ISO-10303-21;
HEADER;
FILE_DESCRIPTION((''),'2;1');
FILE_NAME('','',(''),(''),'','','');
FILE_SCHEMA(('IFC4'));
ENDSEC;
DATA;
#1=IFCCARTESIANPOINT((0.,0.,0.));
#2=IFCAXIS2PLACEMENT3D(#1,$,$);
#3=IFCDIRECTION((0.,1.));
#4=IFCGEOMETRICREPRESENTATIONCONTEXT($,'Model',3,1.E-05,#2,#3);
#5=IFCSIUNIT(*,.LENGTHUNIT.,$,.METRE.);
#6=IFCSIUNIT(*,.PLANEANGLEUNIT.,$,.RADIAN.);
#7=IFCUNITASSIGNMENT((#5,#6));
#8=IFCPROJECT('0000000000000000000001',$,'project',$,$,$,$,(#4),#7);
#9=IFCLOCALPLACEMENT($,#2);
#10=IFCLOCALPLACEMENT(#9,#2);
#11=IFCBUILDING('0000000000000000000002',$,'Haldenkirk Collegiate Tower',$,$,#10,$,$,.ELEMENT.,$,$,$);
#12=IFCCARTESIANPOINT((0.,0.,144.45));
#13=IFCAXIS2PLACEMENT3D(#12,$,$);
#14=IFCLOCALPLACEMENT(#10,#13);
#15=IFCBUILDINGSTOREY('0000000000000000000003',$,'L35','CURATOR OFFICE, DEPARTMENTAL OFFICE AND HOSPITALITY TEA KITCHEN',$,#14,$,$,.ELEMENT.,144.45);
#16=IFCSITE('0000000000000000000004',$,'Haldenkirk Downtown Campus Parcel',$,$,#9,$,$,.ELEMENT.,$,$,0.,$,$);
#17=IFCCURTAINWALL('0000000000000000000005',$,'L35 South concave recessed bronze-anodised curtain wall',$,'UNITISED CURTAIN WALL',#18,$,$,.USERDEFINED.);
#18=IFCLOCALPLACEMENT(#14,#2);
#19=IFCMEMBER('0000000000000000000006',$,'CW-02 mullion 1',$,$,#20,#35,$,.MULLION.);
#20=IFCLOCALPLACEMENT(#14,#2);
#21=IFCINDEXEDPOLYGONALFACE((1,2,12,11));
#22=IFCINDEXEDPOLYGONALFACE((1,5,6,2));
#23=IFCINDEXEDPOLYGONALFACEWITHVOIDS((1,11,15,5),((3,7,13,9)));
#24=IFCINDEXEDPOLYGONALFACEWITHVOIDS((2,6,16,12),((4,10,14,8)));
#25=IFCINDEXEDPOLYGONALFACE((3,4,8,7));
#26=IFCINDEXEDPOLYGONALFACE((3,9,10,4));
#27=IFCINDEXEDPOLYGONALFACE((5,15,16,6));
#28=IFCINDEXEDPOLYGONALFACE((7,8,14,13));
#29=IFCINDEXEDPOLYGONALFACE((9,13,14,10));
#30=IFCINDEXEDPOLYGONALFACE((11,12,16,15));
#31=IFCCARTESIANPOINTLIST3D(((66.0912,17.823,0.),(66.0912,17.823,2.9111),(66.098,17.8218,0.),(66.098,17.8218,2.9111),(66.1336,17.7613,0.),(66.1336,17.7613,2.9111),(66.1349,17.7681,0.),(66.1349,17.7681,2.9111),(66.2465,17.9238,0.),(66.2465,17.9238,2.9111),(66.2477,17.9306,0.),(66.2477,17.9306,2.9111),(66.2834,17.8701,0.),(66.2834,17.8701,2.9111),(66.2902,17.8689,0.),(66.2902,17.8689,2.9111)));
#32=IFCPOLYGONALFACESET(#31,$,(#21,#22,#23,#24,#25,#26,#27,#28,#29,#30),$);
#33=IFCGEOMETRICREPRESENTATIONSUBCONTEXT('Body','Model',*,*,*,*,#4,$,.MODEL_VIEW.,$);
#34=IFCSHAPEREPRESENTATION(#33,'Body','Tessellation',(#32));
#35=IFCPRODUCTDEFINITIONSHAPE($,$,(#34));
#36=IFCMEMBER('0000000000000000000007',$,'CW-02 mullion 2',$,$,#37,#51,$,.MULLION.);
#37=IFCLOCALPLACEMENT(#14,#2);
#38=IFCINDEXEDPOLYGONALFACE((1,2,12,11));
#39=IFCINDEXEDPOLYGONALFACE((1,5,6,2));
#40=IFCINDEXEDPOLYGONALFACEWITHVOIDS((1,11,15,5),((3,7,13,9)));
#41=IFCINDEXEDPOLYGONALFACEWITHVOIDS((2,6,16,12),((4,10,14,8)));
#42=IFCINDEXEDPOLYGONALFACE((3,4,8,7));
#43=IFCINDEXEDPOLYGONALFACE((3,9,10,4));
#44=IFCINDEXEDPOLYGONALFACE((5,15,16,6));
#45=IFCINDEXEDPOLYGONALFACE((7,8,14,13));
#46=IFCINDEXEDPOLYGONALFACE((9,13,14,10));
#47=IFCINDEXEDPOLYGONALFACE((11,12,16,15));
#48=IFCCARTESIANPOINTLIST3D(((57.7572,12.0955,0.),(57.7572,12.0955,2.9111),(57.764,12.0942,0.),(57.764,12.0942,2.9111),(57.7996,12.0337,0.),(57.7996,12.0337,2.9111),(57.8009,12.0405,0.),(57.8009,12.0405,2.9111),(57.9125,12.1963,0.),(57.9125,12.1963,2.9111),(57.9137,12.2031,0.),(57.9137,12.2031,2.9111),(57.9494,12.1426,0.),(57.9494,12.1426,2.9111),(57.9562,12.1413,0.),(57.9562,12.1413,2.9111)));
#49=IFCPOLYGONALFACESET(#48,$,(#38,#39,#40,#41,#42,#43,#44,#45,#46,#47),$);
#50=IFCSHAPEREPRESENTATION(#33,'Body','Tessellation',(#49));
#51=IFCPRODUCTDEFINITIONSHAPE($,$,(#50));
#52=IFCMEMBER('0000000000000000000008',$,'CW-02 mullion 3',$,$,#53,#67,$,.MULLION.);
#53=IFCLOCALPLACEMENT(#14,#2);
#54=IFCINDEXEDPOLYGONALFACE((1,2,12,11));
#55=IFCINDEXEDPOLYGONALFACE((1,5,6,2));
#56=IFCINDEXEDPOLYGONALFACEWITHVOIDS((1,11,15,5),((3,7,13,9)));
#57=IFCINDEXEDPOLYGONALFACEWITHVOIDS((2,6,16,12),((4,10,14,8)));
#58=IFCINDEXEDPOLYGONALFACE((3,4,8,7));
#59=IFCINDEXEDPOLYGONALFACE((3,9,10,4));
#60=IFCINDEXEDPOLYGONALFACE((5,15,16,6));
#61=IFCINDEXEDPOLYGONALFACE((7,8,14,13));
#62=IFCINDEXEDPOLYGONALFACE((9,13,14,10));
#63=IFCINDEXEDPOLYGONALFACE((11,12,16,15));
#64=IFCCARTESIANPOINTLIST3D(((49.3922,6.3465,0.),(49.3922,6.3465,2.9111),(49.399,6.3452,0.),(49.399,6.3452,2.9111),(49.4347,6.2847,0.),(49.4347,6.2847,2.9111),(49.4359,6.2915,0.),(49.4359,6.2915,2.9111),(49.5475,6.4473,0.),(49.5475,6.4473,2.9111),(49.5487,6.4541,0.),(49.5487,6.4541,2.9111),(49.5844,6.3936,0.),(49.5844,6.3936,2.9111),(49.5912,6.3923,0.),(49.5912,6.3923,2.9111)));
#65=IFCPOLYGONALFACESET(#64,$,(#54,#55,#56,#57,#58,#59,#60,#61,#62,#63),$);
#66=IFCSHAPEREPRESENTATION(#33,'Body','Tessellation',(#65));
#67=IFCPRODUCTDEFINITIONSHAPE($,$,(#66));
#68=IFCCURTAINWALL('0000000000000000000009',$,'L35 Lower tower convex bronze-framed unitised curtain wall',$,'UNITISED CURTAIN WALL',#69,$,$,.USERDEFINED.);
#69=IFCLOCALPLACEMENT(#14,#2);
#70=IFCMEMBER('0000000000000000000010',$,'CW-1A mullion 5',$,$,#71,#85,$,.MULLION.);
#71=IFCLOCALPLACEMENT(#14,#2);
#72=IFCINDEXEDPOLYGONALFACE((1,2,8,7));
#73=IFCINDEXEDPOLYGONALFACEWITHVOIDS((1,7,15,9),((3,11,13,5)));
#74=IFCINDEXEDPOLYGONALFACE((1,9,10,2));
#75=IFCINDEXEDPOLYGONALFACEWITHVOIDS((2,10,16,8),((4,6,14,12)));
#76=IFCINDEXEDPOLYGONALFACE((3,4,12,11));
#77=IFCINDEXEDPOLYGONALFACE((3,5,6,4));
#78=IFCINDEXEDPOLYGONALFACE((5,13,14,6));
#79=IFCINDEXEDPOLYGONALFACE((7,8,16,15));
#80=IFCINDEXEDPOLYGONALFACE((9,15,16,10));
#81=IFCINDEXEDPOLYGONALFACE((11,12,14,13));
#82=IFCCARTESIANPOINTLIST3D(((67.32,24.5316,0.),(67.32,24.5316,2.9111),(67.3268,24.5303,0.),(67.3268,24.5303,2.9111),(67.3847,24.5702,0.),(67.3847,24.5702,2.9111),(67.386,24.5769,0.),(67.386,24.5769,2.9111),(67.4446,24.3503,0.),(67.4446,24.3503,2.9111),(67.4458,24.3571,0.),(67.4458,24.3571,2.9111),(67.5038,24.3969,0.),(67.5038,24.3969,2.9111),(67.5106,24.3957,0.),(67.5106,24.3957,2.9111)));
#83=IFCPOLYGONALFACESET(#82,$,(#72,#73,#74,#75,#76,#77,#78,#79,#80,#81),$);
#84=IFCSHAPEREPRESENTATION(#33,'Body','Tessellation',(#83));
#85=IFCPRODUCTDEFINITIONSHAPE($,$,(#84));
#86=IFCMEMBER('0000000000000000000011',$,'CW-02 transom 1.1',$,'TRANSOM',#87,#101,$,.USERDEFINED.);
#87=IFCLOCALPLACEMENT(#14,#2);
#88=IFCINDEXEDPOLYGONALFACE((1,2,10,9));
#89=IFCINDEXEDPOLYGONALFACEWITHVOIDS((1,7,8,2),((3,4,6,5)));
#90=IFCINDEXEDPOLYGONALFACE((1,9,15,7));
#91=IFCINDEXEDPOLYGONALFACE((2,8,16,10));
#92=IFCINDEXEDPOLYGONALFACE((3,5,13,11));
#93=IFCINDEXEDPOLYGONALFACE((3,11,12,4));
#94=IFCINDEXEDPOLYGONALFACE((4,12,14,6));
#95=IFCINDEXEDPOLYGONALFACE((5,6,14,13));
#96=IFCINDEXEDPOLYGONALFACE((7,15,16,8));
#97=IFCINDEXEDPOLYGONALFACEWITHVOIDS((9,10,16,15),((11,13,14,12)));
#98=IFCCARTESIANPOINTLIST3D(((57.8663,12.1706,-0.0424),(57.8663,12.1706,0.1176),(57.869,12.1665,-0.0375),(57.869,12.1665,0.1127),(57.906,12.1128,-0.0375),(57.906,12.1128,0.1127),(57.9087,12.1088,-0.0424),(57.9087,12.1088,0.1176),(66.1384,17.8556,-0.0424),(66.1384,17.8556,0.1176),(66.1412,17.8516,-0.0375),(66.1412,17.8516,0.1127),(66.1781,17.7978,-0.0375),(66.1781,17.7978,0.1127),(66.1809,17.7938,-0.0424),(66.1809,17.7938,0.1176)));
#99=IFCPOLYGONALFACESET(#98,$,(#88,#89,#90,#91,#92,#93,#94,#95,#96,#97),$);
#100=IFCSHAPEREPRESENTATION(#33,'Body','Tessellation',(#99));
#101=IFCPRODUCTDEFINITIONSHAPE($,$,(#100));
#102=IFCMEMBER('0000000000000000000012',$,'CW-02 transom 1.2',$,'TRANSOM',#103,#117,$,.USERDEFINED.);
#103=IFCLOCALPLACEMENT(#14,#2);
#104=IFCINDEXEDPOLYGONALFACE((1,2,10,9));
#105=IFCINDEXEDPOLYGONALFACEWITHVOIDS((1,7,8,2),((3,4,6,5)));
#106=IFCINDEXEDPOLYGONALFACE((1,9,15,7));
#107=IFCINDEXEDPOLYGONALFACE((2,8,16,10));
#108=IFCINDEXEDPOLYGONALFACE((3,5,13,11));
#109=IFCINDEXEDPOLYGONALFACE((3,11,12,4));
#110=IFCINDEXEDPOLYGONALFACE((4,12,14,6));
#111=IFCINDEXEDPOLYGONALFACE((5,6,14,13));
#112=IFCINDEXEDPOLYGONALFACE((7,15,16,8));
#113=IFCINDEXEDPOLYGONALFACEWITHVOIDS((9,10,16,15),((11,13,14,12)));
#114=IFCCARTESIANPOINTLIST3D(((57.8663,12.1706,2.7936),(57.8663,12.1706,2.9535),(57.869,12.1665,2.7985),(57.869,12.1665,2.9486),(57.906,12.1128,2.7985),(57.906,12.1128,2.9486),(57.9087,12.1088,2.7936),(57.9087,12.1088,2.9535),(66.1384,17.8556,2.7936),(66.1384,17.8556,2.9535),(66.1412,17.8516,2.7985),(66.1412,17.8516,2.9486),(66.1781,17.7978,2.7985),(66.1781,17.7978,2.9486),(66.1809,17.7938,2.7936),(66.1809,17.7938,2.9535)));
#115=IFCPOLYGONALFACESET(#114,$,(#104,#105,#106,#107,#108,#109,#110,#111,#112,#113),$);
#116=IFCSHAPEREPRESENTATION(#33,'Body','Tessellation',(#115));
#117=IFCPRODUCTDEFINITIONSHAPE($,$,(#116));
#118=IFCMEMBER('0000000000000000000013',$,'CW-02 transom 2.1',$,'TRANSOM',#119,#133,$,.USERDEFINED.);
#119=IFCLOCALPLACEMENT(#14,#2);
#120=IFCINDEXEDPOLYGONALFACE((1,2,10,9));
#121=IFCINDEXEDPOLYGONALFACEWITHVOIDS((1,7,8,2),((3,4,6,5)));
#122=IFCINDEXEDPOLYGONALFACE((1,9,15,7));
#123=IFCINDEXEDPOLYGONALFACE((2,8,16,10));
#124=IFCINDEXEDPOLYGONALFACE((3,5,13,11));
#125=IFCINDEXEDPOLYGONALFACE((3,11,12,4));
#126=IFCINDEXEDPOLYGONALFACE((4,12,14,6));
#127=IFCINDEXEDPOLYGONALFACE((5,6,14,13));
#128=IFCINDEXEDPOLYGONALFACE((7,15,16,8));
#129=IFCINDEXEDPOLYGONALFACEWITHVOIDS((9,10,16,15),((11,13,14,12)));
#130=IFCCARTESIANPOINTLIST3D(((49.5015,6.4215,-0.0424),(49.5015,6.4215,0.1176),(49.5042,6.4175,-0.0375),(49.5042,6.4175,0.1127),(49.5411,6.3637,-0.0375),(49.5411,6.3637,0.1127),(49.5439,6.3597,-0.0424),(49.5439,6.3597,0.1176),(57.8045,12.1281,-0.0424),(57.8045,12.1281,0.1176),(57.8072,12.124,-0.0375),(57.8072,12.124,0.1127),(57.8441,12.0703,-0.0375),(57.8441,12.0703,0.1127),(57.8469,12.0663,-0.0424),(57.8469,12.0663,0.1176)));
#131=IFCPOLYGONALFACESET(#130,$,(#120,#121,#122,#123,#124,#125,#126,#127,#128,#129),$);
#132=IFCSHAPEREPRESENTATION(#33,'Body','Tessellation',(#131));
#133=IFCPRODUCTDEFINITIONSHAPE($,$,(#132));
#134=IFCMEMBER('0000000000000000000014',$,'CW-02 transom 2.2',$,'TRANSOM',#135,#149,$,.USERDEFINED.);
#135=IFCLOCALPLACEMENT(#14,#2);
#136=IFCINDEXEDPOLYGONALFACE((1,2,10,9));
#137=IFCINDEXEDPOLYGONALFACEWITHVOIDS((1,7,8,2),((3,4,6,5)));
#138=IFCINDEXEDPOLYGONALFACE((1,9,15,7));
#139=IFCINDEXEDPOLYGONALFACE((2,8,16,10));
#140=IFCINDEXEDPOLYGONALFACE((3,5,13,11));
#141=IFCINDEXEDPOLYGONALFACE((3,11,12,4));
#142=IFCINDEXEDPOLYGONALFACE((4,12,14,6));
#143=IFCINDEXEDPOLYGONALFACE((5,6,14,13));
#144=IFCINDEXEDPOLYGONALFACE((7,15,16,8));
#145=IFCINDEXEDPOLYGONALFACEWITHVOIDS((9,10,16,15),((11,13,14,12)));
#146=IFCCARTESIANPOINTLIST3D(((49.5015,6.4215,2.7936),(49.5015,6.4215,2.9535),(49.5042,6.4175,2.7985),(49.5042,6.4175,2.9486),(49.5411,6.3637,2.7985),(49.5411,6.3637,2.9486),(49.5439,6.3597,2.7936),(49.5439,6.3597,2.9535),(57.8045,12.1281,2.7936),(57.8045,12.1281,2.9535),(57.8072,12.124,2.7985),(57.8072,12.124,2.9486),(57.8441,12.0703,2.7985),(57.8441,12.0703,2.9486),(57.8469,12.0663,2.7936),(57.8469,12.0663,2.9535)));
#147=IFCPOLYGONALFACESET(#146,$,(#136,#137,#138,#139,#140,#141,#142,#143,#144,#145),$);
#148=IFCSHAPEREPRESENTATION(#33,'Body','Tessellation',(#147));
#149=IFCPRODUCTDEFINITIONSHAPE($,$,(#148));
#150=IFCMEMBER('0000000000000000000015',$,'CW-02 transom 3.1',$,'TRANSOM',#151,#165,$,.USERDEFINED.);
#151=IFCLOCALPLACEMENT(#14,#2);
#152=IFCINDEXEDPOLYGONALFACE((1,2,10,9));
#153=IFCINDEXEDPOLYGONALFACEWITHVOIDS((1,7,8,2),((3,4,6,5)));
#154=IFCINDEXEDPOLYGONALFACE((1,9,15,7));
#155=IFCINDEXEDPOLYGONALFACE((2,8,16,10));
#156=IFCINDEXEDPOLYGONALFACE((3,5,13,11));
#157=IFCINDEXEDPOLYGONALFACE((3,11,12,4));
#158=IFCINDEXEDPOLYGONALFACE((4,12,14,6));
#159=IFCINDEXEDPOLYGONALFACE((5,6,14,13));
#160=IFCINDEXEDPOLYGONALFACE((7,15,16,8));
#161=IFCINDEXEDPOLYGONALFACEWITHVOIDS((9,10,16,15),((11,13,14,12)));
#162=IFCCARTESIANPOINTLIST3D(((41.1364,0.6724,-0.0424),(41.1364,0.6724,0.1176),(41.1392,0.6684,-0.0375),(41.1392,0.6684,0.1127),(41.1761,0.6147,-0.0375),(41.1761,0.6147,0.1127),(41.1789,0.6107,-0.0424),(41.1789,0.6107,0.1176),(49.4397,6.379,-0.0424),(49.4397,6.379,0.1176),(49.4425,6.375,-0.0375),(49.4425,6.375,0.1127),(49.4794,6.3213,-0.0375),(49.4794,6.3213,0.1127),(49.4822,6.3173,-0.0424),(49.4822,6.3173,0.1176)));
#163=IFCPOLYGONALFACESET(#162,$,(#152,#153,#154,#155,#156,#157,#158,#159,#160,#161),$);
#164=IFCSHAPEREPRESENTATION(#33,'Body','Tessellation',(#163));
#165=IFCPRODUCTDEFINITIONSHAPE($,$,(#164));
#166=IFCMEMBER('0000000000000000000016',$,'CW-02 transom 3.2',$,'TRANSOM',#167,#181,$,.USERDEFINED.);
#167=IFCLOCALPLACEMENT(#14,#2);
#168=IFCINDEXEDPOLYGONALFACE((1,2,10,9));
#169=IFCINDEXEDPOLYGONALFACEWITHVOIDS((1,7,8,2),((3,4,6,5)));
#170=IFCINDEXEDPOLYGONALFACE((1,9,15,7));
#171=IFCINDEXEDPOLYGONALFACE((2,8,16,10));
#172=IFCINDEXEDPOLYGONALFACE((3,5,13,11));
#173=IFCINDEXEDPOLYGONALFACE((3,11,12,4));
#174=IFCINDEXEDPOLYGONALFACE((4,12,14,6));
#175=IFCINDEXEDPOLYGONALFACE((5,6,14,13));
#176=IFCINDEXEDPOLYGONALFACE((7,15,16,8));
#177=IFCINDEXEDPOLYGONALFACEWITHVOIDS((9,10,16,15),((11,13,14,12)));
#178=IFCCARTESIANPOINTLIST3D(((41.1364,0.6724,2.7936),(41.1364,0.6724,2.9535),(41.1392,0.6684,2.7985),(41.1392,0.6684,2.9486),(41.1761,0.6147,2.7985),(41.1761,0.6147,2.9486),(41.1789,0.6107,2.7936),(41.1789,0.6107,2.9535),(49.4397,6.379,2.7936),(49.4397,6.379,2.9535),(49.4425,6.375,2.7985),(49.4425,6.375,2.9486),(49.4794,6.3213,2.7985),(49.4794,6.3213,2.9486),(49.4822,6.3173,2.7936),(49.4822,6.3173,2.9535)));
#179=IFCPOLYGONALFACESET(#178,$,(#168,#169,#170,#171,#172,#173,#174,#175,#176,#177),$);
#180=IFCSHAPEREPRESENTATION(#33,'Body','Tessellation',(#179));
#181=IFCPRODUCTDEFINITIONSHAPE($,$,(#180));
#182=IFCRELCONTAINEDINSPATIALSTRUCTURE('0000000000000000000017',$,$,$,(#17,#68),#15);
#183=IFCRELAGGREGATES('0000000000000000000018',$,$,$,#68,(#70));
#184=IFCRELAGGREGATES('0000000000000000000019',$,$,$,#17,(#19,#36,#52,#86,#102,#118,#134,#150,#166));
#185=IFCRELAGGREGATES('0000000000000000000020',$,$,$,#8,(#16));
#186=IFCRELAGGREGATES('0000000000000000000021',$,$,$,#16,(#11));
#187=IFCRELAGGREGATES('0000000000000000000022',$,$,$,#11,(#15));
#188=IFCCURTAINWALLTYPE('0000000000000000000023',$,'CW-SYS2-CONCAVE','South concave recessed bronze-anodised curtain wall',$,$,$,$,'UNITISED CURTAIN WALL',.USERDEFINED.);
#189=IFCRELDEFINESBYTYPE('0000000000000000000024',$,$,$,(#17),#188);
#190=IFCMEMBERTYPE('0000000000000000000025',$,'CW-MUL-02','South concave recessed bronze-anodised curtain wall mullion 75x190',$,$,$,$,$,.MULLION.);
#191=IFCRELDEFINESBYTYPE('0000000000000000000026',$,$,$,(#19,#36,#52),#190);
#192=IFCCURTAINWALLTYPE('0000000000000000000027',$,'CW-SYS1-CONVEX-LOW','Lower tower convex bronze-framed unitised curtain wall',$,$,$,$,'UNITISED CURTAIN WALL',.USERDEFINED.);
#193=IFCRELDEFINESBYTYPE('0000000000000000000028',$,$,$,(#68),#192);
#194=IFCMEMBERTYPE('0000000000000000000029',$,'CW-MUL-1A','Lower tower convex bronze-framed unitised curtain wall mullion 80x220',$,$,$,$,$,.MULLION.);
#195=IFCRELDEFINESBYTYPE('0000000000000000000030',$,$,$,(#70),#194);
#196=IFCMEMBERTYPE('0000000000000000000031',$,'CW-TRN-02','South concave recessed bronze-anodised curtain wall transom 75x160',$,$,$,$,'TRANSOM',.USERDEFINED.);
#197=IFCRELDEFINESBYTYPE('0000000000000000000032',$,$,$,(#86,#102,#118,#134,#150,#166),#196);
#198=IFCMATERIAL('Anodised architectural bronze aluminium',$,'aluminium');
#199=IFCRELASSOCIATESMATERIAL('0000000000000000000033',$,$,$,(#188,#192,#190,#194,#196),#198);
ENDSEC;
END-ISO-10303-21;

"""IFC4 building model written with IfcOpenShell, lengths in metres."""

from ifc_helpers import new_model, si_unit, direction, frame, origin, origin_2d, place, context, subcontext, project, spatial, hollow_rectangle, extrude, material, material_profile, profile_set, type_object, element, aggregate, save


model = new_model("IFC4")

# Units and contexts
model_context = context("Model", 3, precision=1e-05, world=origin(), true_north=direction((0.0, 1.0)))
body_context = subcontext(model_context, "Body", "Model", "MODEL_VIEW")
ifc_project = project(units=[si_unit("LENGTHUNIT", "METRE"), si_unit("PLANEANGLEUNIT", "RADIAN")], contexts=[model_context])

# Site, building, storey
site_placement = place(None, origin())
site = spatial("IfcSite", under=ifc_project, at=site_placement, Name="Haldenkirk Downtown Campus Parcel", CompositionType="ELEMENT", RefElevation=0.0)
building_placement = place(site_placement, origin())
building = spatial("IfcBuilding", under=site, at=building_placement, Name="Haldenkirk Collegiate Tower", CompositionType="ELEMENT")
storey_placement = place(building_placement, frame((0.0, 0.0, 144.45)))
storey = spatial("IfcBuildingStorey", under=building, at=storey_placement, Name="L35", Description="CURATOR OFFICE, DEPARTMENTAL OFFICE AND HOSPITALITY TEA KITCHEN", CompositionType="ELEMENT", Elevation=144.45)

# Curtain wall, members
ifc_material_1 = material(Name="Anodised architectural bronze aluminium", Category="aluminium")
curtain_wall_type_1 = type_object("IfcCurtainWallType", Name="CW-SYS2-CONCAVE", Description="South concave recessed bronze-anodised curtain wall", ElementType="UNITISED CURTAIN WALL", PredefinedType="USERDEFINED", material=ifc_material_1)
curtain_wall_1_placement = place(storey_placement, origin())
curtain_wall_1 = element("IfcCurtainWall", 1, at=curtain_wall_1_placement, inside=storey, type_object=curtain_wall_type_1, Name="L35 South concave recessed bronze-anodised curtain wall", ObjectType="UNITISED CURTAIN WALL", PredefinedType="USERDEFINED")
ifc_material_profile_1 = material_profile(ifc_material_1, hollow_rectangle(XDim=0.075, YDim=0.1899, WallThickness=0.0049, at=origin_2d()), Name="CW-MUL-02")
ifc_profile_set_1 = profile_set([ifc_material_profile_1], Name="Anodised architectural bronze aluminium")
member_type_1 = type_object("IfcMemberType", Name="CW-MUL-02", Description="South concave recessed bronze-anodised curtain wall mullion 75x190", PredefinedType="MULLION", material=ifc_profile_set_1)
member_1_placement = place(storey_placement, frame((66.1907, 17.8459, 0.0), z_axis=(0.0, 0.0, 1.0), x_axis=(0.566405, -0.824127, 0.0)))
member_1 = element("IfcMember", 2, at=member_1_placement, type_object=member_type_1, Name="CW-02 mullion 1", PredefinedType="MULLION", context=body_context, shape_type="SweptSolid", body=[
    extrude(hollow_rectangle(XDim=0.075, YDim=0.1899, WallThickness=0.0049, at=origin_2d()), origin(), (0.0, 0.0, 1.0), 2.9111),
])
member_2_placement = place(storey_placement, frame((57.8567, 12.1184, 0.0), z_axis=(0.0, 0.0, 1.0), x_axis=(0.566405, -0.824127, 0.0)))
member_2 = element("IfcMember", 3, at=member_2_placement, type_object=member_type_1, Name="CW-02 mullion 2", PredefinedType="MULLION", context=body_context, shape_type="SweptSolid", body=[
    extrude(hollow_rectangle(XDim=0.075, YDim=0.1899, WallThickness=0.0049, at=origin_2d()), origin(), (0.0, 0.0, 1.0), 2.9111),
])
member_3_placement = place(storey_placement, frame((49.4917, 6.3694, 0.0), z_axis=(0.0, 0.0, 1.0), x_axis=(0.566405, -0.824127, 0.0)))
member_3 = element("IfcMember", 4, at=member_3_placement, type_object=member_type_1, Name="CW-02 mullion 3", PredefinedType="MULLION", context=body_context, shape_type="SweptSolid", body=[
    extrude(hollow_rectangle(XDim=0.075, YDim=0.1899, WallThickness=0.0049, at=origin_2d()), origin(), (0.0, 0.0, 1.0), 2.9111),
])

# Curtain wall, member
curtain_wall_type_2 = type_object("IfcCurtainWallType", Name="CW-SYS1-CONVEX-LOW", Description="Lower tower convex bronze-framed unitised curtain wall", ElementType="UNITISED CURTAIN WALL", PredefinedType="USERDEFINED", material=ifc_material_1)
curtain_wall_2_placement = place(storey_placement, origin())
curtain_wall_2 = element("IfcCurtainWall", 5, at=curtain_wall_2_placement, inside=storey, type_object=curtain_wall_type_2, Name="L35 Lower tower convex bronze-framed unitised curtain wall", ObjectType="UNITISED CURTAIN WALL", PredefinedType="USERDEFINED")
ifc_material_profile_2 = material_profile(ifc_material_1, hollow_rectangle(XDim=0.0801, YDim=0.22, WallThickness=0.0049, at=origin_2d()), Name="CW-MUL-1A")
ifc_profile_set_2 = profile_set([ifc_material_profile_2], Name="Anodised architectural bronze aluminium")
member_type_2 = type_object("IfcMemberType", Name="CW-MUL-1A", Description="Lower tower convex bronze-framed unitised curtain wall mullion 80x220", PredefinedType="MULLION", material=ifc_profile_set_2)
member_4_placement = place(storey_placement, frame((67.4153, 24.4636, 0.0), z_axis=(0.0, 0.0, 1.0), x_axis=(0.824127, 0.566406, 0.0)))
member_4 = element("IfcMember", 6, at=member_4_placement, type_object=member_type_2, Name="CW-1A mullion 5", PredefinedType="MULLION", context=body_context, shape_type="SweptSolid", body=[
    extrude(hollow_rectangle(XDim=0.0801, YDim=0.22, WallThickness=0.0049, at=origin_2d()), origin(), (0.0, 0.0, 1.0), 2.9111),
])
aggregate(curtain_wall_2, [member_4])

# Members
ifc_material_profile_3 = material_profile(ifc_material_1, hollow_rectangle(XDim=0.075, YDim=0.1599, WallThickness=0.0049, at=origin_2d()), Name="CW-TRN-02")
ifc_profile_set_3 = profile_set([ifc_material_profile_3], Name="Anodised architectural bronze aluminium")
member_type_3 = type_object("IfcMemberType", Name="CW-TRN-02", Description="South concave recessed bronze-anodised curtain wall transom 75x160", ElementType="TRANSOM", PredefinedType="USERDEFINED", material=ifc_profile_set_3)
member_5_placement = place(storey_placement, frame((66.1597, 17.8247, 0.0376), z_axis=(-0.824139, -0.566387, 0.0), x_axis=(0.566387, -0.824139, 0.0)))
member_5 = element("IfcMember", 7, at=member_5_placement, type_object=member_type_3, Name="CW-02 transom 1.1", ObjectType="TRANSOM", PredefinedType="USERDEFINED", context=body_context, shape_type="SweptSolid", body=[
    extrude(hollow_rectangle(XDim=0.075, YDim=0.1599, WallThickness=0.0049, at=origin_2d()), origin(), (0.0, 0.0, 1.0), 10.0374),
])
member_6_placement = place(storey_placement, frame((66.1597, 17.8247, 2.8735), z_axis=(-0.824139, -0.566387, 0.0), x_axis=(0.566387, -0.824139, 0.0)))
member_6 = element("IfcMember", 8, at=member_6_placement, type_object=member_type_3, Name="CW-02 transom 1.2", ObjectType="TRANSOM", PredefinedType="USERDEFINED", context=body_context, shape_type="SweptSolid", body=[
    extrude(hollow_rectangle(XDim=0.075, YDim=0.1599, WallThickness=0.0049, at=origin_2d()), origin(), (0.0, 0.0, 1.0), 10.0374),
])
member_7_placement = place(storey_placement, frame((57.8257, 12.0972, 0.0376), z_axis=(-0.824123, -0.566411, 0.0), x_axis=(0.566411, -0.824123, 0.0)))
member_7 = element("IfcMember", 9, at=member_7_placement, type_object=member_type_3, Name="CW-02 transom 2.1", ObjectType="TRANSOM", PredefinedType="USERDEFINED", context=body_context, shape_type="SweptSolid", body=[
    extrude(hollow_rectangle(XDim=0.075, YDim=0.1599, WallThickness=0.0049, at=origin_2d()), origin(), (0.0, 0.0, 1.0), 10.075),
])
member_8_placement = place(storey_placement, frame((57.8257, 12.0972, 2.8735), z_axis=(-0.824123, -0.566411, 0.0), x_axis=(0.566411, -0.824123, 0.0)))
member_8 = element("IfcMember", 10, at=member_8_placement, type_object=member_type_3, Name="CW-02 transom 2.2", ObjectType="TRANSOM", PredefinedType="USERDEFINED", context=body_context, shape_type="SweptSolid", body=[
    extrude(hollow_rectangle(XDim=0.075, YDim=0.1599, WallThickness=0.0049, at=origin_2d()), origin(), (0.0, 0.0, 1.0), 10.075),
])
member_9_placement = place(storey_placement, frame((49.4609, 6.3481, 0.0376), z_axis=(-0.824131, -0.566399, 0.0), x_axis=(0.566399, -0.824131, 0.0)))
member_9 = element("IfcMember", 11, at=member_9_placement, type_object=member_type_3, Name="CW-02 transom 3.1", ObjectType="TRANSOM", PredefinedType="USERDEFINED", context=body_context, shape_type="SweptSolid", body=[
    extrude(hollow_rectangle(XDim=0.075, YDim=0.1599, WallThickness=0.0049, at=origin_2d()), origin(), (0.0, 0.0, 1.0), 10.0752),
])
member_10_placement = place(storey_placement, frame((49.4609, 6.3481, 2.8735), z_axis=(-0.824131, -0.566399, 0.0), x_axis=(0.566399, -0.824131, 0.0)))
member_10 = element("IfcMember", 12, at=member_10_placement, type_object=member_type_3, Name="CW-02 transom 3.2", ObjectType="TRANSOM", PredefinedType="USERDEFINED", context=body_context, shape_type="SweptSolid", body=[
    extrude(hollow_rectangle(XDim=0.075, YDim=0.1599, WallThickness=0.0049, at=origin_2d()), origin(), (0.0, 0.0, 1.0), 10.0752),
])

aggregate(curtain_wall_1, [member_1, member_2, member_3, member_5, member_6, member_7, member_8, member_9, member_10])

save(model, "model.ifc")
